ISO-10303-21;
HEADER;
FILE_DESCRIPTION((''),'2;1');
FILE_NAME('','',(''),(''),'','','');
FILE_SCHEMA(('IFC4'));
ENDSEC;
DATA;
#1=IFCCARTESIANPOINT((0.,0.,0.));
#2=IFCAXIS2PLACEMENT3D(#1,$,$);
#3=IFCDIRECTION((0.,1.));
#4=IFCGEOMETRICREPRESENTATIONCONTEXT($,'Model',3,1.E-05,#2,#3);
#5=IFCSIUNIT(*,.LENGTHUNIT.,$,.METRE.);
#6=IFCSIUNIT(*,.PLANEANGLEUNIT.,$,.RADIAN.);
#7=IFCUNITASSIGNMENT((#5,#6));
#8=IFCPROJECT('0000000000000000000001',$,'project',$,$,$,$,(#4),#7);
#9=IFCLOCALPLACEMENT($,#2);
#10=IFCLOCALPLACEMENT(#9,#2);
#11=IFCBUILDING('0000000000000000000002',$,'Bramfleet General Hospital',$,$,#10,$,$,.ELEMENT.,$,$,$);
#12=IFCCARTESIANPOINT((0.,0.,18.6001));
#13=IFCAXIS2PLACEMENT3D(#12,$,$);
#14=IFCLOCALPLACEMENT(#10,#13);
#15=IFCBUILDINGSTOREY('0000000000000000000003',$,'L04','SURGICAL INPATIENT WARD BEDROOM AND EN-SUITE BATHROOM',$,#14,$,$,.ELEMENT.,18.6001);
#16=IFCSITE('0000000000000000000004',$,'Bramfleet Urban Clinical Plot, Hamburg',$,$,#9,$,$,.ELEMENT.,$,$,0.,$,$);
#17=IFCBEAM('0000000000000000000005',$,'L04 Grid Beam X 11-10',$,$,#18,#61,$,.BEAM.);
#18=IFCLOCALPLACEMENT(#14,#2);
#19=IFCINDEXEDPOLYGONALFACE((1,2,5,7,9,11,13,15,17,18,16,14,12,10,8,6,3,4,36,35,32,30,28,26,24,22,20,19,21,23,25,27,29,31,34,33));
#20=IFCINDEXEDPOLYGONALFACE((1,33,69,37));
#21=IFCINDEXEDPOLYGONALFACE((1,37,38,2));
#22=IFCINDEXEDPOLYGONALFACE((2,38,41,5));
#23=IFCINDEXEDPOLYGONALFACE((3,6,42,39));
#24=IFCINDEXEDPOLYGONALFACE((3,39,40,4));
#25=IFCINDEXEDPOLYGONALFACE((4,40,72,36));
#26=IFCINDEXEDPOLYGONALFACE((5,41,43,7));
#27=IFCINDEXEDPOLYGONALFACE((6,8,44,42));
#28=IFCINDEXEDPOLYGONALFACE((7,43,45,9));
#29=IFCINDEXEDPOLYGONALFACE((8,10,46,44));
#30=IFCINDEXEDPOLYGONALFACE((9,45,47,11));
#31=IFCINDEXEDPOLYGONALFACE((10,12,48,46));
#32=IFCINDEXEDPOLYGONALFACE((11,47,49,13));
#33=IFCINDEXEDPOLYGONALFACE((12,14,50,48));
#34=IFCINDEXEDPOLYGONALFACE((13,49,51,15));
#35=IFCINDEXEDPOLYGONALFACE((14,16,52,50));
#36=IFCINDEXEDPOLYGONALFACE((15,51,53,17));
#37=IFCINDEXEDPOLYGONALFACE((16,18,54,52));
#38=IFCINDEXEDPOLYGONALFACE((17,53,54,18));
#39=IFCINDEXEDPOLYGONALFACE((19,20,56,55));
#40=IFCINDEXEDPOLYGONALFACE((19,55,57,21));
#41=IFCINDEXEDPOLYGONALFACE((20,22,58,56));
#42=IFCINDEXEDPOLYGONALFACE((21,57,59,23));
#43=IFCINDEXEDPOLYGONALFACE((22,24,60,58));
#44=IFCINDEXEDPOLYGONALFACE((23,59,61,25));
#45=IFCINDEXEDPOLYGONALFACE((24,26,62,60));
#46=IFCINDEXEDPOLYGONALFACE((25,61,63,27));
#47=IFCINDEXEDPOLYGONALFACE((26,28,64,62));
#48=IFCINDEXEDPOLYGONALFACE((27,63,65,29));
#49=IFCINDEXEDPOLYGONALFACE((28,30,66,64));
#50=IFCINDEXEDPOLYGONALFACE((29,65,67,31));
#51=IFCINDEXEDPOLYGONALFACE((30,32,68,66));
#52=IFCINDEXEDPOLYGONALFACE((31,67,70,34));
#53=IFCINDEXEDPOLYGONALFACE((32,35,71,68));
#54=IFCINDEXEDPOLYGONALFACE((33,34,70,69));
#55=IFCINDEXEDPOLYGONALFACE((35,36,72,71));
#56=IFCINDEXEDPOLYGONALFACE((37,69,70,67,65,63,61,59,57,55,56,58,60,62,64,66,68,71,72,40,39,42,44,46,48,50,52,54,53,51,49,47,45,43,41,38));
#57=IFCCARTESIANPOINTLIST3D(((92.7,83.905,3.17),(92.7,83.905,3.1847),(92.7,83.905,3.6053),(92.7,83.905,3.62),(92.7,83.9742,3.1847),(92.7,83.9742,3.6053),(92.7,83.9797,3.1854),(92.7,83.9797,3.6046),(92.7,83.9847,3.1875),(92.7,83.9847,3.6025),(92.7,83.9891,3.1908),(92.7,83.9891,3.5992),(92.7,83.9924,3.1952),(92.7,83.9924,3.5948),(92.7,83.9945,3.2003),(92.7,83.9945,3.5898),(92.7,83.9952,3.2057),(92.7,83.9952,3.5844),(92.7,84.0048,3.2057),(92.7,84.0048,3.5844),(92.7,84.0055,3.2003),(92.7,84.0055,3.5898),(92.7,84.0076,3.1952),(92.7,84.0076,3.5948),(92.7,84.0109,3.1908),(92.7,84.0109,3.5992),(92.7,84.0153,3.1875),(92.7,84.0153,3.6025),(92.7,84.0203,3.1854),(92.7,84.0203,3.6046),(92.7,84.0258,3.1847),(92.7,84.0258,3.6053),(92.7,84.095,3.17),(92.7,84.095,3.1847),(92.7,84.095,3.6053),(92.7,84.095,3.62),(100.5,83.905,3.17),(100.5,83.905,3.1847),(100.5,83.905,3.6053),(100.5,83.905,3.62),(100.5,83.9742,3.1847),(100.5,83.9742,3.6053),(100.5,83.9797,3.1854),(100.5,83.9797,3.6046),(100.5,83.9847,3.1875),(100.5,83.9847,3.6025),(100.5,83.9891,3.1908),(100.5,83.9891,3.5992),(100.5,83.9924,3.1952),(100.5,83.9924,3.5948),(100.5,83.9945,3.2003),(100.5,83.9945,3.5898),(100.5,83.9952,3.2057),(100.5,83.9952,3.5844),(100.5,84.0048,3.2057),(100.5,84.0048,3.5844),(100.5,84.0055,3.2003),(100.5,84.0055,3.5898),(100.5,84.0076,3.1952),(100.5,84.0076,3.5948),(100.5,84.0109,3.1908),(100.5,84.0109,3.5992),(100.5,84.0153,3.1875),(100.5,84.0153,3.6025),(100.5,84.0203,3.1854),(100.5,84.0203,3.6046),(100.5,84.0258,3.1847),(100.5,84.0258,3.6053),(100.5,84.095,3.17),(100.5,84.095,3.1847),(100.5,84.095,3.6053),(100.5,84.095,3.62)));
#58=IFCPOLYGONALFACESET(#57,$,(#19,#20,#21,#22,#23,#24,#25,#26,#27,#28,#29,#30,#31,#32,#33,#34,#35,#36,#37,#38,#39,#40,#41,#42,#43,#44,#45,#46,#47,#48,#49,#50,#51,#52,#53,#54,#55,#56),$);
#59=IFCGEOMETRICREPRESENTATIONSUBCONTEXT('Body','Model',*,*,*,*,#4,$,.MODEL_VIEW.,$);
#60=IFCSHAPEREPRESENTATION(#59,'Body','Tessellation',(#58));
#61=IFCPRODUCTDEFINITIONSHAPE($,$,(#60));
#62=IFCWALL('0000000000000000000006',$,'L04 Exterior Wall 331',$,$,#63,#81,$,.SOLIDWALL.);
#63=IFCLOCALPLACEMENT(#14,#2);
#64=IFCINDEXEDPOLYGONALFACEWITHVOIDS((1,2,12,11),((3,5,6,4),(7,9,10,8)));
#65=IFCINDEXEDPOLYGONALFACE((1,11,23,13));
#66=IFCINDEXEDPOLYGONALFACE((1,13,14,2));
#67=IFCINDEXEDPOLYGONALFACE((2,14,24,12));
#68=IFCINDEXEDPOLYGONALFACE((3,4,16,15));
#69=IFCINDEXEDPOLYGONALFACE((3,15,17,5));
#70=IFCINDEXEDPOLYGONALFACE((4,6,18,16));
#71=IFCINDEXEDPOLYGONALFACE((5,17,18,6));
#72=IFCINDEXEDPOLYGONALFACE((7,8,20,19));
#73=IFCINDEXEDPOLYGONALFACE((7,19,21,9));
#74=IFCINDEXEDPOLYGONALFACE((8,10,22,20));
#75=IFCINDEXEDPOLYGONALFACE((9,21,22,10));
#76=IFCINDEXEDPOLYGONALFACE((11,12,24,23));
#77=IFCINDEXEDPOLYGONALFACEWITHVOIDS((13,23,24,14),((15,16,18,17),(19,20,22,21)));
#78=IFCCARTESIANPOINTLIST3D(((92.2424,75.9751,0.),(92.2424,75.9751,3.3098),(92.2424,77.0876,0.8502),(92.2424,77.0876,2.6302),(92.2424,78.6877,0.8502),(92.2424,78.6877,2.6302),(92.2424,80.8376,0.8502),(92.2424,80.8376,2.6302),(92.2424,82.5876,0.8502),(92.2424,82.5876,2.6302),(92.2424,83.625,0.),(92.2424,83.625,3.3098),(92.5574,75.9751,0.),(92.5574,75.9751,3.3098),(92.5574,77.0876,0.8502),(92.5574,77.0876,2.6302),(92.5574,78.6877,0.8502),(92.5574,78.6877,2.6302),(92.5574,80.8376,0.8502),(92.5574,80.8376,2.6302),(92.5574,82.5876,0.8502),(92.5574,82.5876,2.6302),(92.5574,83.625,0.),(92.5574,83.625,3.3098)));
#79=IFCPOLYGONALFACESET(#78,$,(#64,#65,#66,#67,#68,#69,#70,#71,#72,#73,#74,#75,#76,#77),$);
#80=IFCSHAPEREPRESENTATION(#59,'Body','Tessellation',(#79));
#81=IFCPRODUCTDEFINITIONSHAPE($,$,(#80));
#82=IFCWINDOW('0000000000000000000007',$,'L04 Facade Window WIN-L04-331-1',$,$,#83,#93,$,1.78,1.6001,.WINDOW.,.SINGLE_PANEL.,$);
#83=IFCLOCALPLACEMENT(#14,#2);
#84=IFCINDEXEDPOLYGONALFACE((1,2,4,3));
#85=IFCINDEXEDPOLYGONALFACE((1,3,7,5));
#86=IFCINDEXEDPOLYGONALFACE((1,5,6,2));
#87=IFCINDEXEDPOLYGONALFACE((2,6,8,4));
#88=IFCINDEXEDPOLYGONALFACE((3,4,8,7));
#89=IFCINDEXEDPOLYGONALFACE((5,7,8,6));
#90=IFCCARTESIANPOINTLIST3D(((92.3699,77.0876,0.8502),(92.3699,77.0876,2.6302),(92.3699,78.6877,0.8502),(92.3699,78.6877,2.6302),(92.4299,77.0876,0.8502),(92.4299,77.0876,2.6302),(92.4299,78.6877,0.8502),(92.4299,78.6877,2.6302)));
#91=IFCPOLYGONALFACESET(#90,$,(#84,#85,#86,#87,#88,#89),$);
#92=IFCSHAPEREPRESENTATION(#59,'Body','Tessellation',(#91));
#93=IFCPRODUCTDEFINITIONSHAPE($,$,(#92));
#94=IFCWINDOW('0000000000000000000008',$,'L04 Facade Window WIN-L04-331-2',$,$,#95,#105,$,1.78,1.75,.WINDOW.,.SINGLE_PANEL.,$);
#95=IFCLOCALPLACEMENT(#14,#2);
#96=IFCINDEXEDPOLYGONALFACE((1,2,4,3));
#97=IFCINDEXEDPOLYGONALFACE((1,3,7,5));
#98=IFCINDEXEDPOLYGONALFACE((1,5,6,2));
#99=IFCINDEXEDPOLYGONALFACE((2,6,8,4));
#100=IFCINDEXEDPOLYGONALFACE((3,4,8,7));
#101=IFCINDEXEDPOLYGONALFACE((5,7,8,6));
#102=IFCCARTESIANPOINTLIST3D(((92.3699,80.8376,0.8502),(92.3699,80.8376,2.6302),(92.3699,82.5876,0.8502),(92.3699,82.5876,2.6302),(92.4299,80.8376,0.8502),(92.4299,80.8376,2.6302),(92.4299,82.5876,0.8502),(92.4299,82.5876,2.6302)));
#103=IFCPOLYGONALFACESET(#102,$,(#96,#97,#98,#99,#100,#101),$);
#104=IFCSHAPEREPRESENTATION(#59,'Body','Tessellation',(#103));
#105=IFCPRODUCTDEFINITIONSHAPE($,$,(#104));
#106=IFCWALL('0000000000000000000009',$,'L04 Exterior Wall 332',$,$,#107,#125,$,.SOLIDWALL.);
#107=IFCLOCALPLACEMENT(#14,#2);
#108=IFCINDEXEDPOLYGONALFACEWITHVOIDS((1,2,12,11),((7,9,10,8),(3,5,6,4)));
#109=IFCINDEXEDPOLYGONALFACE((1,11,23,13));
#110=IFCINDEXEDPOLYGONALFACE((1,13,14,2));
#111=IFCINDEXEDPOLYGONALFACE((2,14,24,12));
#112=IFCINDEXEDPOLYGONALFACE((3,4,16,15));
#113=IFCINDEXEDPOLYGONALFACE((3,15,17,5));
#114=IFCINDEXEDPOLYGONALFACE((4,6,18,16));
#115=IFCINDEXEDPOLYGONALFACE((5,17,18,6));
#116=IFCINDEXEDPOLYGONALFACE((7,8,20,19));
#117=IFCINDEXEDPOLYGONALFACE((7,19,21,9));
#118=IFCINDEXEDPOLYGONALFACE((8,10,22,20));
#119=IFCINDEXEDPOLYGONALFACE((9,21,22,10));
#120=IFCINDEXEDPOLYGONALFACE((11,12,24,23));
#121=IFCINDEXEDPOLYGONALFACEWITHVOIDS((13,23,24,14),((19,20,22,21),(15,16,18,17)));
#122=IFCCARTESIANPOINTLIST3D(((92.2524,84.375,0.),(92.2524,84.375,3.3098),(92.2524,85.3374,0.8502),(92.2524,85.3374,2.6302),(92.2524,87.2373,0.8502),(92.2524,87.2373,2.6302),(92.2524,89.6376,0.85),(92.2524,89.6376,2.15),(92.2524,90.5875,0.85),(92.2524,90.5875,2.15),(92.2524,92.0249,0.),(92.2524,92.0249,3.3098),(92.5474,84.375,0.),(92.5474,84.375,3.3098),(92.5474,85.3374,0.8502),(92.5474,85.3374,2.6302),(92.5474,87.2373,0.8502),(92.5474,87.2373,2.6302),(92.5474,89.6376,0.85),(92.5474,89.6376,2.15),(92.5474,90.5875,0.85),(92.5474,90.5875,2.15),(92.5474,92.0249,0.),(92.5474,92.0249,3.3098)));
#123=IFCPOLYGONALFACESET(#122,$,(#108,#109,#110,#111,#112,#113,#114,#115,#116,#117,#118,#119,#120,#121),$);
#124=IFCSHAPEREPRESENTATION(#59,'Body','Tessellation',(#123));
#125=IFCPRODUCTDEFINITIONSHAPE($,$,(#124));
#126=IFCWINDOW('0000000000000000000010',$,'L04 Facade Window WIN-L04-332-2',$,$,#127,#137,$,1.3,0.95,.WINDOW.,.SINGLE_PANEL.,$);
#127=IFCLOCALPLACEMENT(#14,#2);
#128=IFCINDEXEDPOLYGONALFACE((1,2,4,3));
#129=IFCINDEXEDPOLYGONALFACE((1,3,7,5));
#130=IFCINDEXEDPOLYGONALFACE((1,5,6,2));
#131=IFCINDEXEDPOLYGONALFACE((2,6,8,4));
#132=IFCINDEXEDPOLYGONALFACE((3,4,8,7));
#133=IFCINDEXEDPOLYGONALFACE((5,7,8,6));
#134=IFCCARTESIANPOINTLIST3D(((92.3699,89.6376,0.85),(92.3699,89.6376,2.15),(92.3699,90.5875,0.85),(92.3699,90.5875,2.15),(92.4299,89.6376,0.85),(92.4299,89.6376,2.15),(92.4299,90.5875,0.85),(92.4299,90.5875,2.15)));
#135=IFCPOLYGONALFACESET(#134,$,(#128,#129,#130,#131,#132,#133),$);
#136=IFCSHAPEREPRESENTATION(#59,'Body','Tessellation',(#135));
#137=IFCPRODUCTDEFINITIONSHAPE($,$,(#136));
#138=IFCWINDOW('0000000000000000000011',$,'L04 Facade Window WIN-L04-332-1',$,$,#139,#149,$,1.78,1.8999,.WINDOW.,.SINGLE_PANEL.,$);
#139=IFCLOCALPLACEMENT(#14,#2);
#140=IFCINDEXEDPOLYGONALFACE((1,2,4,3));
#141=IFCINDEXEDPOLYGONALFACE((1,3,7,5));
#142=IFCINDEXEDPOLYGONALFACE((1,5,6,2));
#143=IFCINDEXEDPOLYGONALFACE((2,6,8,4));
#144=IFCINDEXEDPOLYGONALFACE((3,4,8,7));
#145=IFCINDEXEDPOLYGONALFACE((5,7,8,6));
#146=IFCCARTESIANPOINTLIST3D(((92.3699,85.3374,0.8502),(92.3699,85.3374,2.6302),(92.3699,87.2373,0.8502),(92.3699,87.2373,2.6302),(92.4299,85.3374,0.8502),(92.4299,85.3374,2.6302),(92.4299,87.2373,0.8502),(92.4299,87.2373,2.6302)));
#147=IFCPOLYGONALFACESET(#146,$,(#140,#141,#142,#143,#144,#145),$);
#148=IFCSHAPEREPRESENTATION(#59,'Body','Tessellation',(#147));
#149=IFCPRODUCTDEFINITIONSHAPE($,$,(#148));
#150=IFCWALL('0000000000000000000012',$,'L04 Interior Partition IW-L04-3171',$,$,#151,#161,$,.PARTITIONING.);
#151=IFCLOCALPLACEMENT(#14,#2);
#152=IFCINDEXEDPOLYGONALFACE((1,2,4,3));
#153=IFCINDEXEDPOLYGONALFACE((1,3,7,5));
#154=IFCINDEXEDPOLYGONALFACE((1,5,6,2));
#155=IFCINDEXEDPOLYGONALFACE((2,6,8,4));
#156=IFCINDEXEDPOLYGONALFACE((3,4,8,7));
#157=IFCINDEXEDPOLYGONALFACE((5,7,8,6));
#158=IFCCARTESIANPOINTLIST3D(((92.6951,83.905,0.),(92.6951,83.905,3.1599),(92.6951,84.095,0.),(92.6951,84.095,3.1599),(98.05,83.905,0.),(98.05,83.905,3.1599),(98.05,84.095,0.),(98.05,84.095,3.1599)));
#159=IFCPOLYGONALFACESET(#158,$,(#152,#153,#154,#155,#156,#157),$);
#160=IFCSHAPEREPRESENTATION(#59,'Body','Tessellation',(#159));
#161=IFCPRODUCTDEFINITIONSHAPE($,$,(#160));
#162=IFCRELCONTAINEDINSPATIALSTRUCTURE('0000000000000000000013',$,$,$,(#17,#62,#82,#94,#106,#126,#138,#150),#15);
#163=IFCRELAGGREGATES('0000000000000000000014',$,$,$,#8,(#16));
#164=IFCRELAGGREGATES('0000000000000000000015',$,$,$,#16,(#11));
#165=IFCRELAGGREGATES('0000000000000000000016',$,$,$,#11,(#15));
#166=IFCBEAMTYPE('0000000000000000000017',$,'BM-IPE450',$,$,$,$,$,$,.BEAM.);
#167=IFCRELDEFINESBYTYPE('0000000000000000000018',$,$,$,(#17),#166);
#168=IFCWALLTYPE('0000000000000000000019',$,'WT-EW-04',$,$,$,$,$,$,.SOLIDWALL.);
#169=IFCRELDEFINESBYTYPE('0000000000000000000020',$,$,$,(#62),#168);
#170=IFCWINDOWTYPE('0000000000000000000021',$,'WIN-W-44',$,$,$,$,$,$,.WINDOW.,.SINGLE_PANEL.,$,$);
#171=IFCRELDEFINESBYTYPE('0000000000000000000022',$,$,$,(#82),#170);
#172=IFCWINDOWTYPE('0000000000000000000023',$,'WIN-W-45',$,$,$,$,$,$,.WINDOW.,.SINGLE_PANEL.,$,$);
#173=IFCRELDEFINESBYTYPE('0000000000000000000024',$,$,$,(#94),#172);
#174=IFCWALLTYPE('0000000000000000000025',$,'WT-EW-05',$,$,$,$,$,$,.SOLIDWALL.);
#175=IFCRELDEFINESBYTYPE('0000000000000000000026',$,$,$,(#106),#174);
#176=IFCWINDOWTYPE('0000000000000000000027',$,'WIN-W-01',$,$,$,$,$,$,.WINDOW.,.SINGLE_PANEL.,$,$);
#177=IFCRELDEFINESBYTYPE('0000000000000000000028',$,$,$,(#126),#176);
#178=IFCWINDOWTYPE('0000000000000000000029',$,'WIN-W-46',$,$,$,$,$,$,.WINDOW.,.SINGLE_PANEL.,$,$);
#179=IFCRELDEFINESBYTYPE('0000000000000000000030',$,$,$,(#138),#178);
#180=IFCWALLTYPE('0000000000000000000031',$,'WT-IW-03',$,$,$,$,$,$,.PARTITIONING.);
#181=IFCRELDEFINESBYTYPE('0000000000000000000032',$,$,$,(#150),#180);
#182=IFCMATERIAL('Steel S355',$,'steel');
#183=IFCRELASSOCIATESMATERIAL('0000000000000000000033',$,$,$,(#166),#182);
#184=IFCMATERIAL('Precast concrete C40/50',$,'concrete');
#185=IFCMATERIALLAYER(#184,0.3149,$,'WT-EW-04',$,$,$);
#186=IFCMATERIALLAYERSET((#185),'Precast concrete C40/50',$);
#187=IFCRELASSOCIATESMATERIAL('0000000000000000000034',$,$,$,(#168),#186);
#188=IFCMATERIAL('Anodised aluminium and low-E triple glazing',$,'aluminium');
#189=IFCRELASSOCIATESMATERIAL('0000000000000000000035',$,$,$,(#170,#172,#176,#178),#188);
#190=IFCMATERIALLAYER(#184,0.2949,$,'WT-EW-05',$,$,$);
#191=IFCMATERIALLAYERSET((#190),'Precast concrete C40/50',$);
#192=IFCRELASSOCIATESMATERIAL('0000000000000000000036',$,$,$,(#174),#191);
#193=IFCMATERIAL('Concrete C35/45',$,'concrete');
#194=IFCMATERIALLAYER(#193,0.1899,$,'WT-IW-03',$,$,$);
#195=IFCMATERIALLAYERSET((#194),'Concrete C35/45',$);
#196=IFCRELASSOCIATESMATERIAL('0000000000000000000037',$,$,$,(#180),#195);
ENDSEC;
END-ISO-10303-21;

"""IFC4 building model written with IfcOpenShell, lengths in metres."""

from ifc_helpers import new_model, si_unit, direction, frame, frame_2d, origin, origin_2d, place, context, subcontext, project, spatial, rectangle, i_section, extrude, material, layer, layer_set, material_profile, profile_set, type_object, element, fill, save


model = new_model("IFC4")

# Units and contexts
model_context = context("Model", 3, precision=1e-05, world=origin(), true_north=direction((0.0, 1.0)))
body_context = subcontext(model_context, "Body", "Model", "MODEL_VIEW")
ifc_project = project(units=[si_unit("LENGTHUNIT", "METRE"), si_unit("PLANEANGLEUNIT", "RADIAN")], contexts=[model_context])

# Site, building, storey
site_placement = place(None, origin())
site = spatial("IfcSite", under=ifc_project, at=site_placement, Name="Bramfleet Urban Clinical Plot, Hamburg", CompositionType="ELEMENT", RefElevation=0.0)
building_placement = place(site_placement, origin())
building = spatial("IfcBuilding", under=site, at=building_placement, Name="Bramfleet General Hospital", CompositionType="ELEMENT")
storey_placement = place(building_placement, frame((0.0, 0.0, 18.6001)))
storey = spatial("IfcBuildingStorey", under=building, at=storey_placement, Name="L04", Description="SURGICAL INPATIENT WARD BEDROOM AND EN-SUITE BATHROOM", CompositionType="ELEMENT", Elevation=18.6001)

# Beam
ifc_material_1 = material(Name="Steel S355", Category="steel")
ifc_material_profile_1 = material_profile(ifc_material_1, i_section(OverallWidth=0.1899, OverallDepth=0.45, WebThickness=0.0095, FlangeThickness=0.0146, FilletRadius=0.021, at=origin_2d()), Name="IPE 450")
ifc_profile_set_1 = profile_set([ifc_material_profile_1], Name="Steel S355")
beam_type_1 = type_object("IfcBeamType", Name="BM-IPE450", PredefinedType="BEAM", material=ifc_profile_set_1)
for number, where, z_axis, x_axis, name in (
    (1, (92.7, 84.0, 3.395), (1.0, 0.0, 0.0), (0.0, 1.0, 0.0), "L04 Grid Beam X 11-10"),
):
    element("IfcBeam", number, at=place(storey_placement, frame(where, z_axis=z_axis, x_axis=x_axis)), inside=storey, type_object=beam_type_1, Name=name, PredefinedType="BEAM", context=body_context, shape_type="SweptSolid", body=[
        extrude(i_section(OverallWidth=0.1899, OverallDepth=0.45, WebThickness=0.0095, FlangeThickness=0.0146, FilletRadius=0.021, at=origin_2d()), origin(), (0.0, 0.0, 1.0), 7.8),
    ])

# Walls, openings, windows
ifc_material_2 = material(Name="Precast concrete C40/50", Category="concrete")
ifc_layer_1 = layer(ifc_material_2, 0.3149, Name="WT-EW-04")
ifc_layer_set_1 = layer_set([ifc_layer_1], Name="Precast concrete C40/50")
wall_type_1 = type_object("IfcWallType", Name="WT-EW-04", PredefinedType="SOLIDWALL", material=ifc_layer_set_1)
wall_1_placement = place(storey_placement, frame((92.3999, 75.9751, 0.0), z_axis=(0.0, 0.0, 1.0), x_axis=(0.0, 1.0, 0.0)))
wall_1 = element("IfcWall", 2, at=wall_1_placement, inside=storey, type_object=wall_type_1, Name="L04 Exterior Wall 331", PredefinedType="SOLIDWALL", context=body_context, shape_type="SweptSolid", body=[
    extrude(rectangle(XDim=7.6499, YDim=0.3149, at=frame_2d((3.825, 0.0))), origin(), (0.0, 0.0, 1.0), 3.3098),
])
opening_1_placement = place(wall_1_placement, frame((1.1125, 0.0, 0.8501)))
opening_1 = element("IfcOpeningElement", 3, at=opening_1_placement, cuts=wall_1, PredefinedType="OPENING", context=body_context, shape_type="SweptSolid", body=[
    extrude(rectangle(XDim=1.6001, YDim=1.78, at=frame_2d((0.8, 0.8901))), frame((0.0, 0.1675, 0.0), z_axis=(0.0, -1.0, 0.0), x_axis=(1.0, 0.0, 0.0)), (0.0, 0.0, 1.0), 0.335),
])
opening_2_placement = place(wall_1_placement, frame((4.8625, 0.0, 0.8501)))
opening_2 = element("IfcOpeningElement", 4, at=opening_2_placement, cuts=wall_1, PredefinedType="OPENING", context=body_context, shape_type="SweptSolid", body=[
    extrude(rectangle(XDim=1.75, YDim=1.78, at=frame_2d((0.875, 0.8901))), frame((0.0, 0.1675, 0.0), z_axis=(0.0, -1.0, 0.0), x_axis=(1.0, 0.0, 0.0)), (0.0, 0.0, 1.0), 0.335),
])
ifc_material_3 = material(Name="Anodised aluminium and low-E triple glazing", Category="aluminium")
window_type_1 = type_object("IfcWindowType", Name="WIN-W-44", PartitioningType="SINGLE_PANEL", PredefinedType="WINDOW", material=ifc_material_3)
window_1_placement = place(opening_1_placement, origin())
window_1 = element("IfcWindow", 5, at=window_1_placement, inside=storey, type_object=window_type_1, Name="L04 Facade Window WIN-L04-331-1", OverallHeight=1.78, OverallWidth=1.6001, PartitioningType="SINGLE_PANEL", PredefinedType="WINDOW", context=body_context, shape_type="SweptSolid", body=[
    extrude(rectangle(XDim=1.6001, YDim=1.78, at=frame_2d((0.8, 0.8901))), frame((0.0, 0.03, 0.0), z_axis=(0.0, -1.0, 0.0), x_axis=(1.0, 0.0, 0.0)), (0.0, 0.0, 1.0), 0.0601),
])
fill(opening_1, window_1)
window_type_2 = type_object("IfcWindowType", Name="WIN-W-45", PartitioningType="SINGLE_PANEL", PredefinedType="WINDOW", material=ifc_material_3)
window_2_placement = place(opening_2_placement, origin())
window_2 = element("IfcWindow", 6, at=window_2_placement, inside=storey, type_object=window_type_2, Name="L04 Facade Window WIN-L04-331-2", OverallHeight=1.78, OverallWidth=1.75, PartitioningType="SINGLE_PANEL", PredefinedType="WINDOW", context=body_context, shape_type="SweptSolid", body=[
    extrude(rectangle(XDim=1.75, YDim=1.78, at=frame_2d((0.875, 0.8901))), frame((0.0, 0.03, 0.0), z_axis=(0.0, -1.0, 0.0), x_axis=(1.0, 0.0, 0.0)), (0.0, 0.0, 1.0), 0.0601),
])
fill(opening_2, window_2)
ifc_layer_2 = layer(ifc_material_2, 0.2949, Name="WT-EW-05")
ifc_layer_set_2 = layer_set([ifc_layer_2], Name="Precast concrete C40/50")
wall_type_2 = type_object("IfcWallType", Name="WT-EW-05", PredefinedType="SOLIDWALL", material=ifc_layer_set_2)
wall_2_placement = place(storey_placement, frame((92.3999, 84.375, 0.0), z_axis=(0.0, 0.0, 1.0), x_axis=(0.0, 1.0, 0.0)))
wall_2 = element("IfcWall", 7, at=wall_2_placement, inside=storey, type_object=wall_type_2, Name="L04 Exterior Wall 332", PredefinedType="SOLIDWALL", context=body_context, shape_type="SweptSolid", body=[
    extrude(rectangle(XDim=7.6499, YDim=0.2949, at=frame_2d((3.825, 0.0))), origin(), (0.0, 0.0, 1.0), 3.3098),
])
opening_3_placement = place(wall_2_placement, frame((0.9624, 0.0, 0.8501)))
opening_3 = element("IfcOpeningElement", 8, at=opening_3_placement, cuts=wall_2, PredefinedType="OPENING", context=body_context, shape_type="SweptSolid", body=[
    extrude(rectangle(XDim=1.8999, YDim=1.78, at=frame_2d((0.95, 0.8901))), frame((0.0, 0.1575, 0.0), z_axis=(0.0, -1.0, 0.0), x_axis=(1.0, 0.0, 0.0)), (0.0, 0.0, 1.0), 0.3149),
])
opening_4_placement = place(wall_2_placement, frame((5.2625, 0.0, 0.8501)))
opening_4 = element("IfcOpeningElement", 9, at=opening_4_placement, cuts=wall_2, PredefinedType="OPENING", context=body_context, shape_type="SweptSolid", body=[
    extrude(rectangle(XDim=0.95, YDim=1.3, at=frame_2d((0.4751, 0.6499))), frame((0.0, 0.1575, 0.0), z_axis=(0.0, -1.0, 0.0), x_axis=(1.0, 0.0, 0.0)), (0.0, 0.0, 1.0), 0.3149),
])
window_type_3 = type_object("IfcWindowType", Name="WIN-W-01", PartitioningType="SINGLE_PANEL", PredefinedType="WINDOW", material=ifc_material_3)
window_3_placement = place(opening_4_placement, origin())
window_3 = element("IfcWindow", 10, at=window_3_placement, inside=storey, type_object=window_type_3, Name="L04 Facade Window WIN-L04-332-2", OverallHeight=1.3, OverallWidth=0.95, PartitioningType="SINGLE_PANEL", PredefinedType="WINDOW", context=body_context, shape_type="SweptSolid", body=[
    extrude(rectangle(XDim=0.95, YDim=1.3, at=frame_2d((0.4751, 0.6499))), frame((0.0, 0.03, 0.0), z_axis=(0.0, -1.0, 0.0), x_axis=(1.0, 0.0, 0.0)), (0.0, 0.0, 1.0), 0.0601),
])
fill(opening_4, window_3)
window_type_4 = type_object("IfcWindowType", Name="WIN-W-46", PartitioningType="SINGLE_PANEL", PredefinedType="WINDOW", material=ifc_material_3)
window_4_placement = place(opening_3_placement, origin())
window_4 = element("IfcWindow", 11, at=window_4_placement, inside=storey, type_object=window_type_4, Name="L04 Facade Window WIN-L04-332-1", OverallHeight=1.78, OverallWidth=1.8999, PartitioningType="SINGLE_PANEL", PredefinedType="WINDOW", context=body_context, shape_type="SweptSolid", body=[
    extrude(rectangle(XDim=1.8999, YDim=1.78, at=frame_2d((0.95, 0.8901))), frame((0.0, 0.03, 0.0), z_axis=(0.0, -1.0, 0.0), x_axis=(1.0, 0.0, 0.0)), (0.0, 0.0, 1.0), 0.0601),
])
fill(opening_3, window_4)

# Wall
ifc_material_4 = material(Name="Concrete C35/45", Category="concrete")
ifc_layer_3 = layer(ifc_material_4, 0.1899, Name="WT-IW-03")
ifc_layer_set_3 = layer_set([ifc_layer_3], Name="Concrete C35/45")
wall_type_3 = type_object("IfcWallType", Name="WT-IW-03", PredefinedType="PARTITIONING", material=ifc_layer_set_3)
wall_3_placement = place(storey_placement, frame((92.6951, 84.0, 0.0), z_axis=(0.0, 0.0, 1.0), x_axis=(1.0, 0.0, 0.0)))
element("IfcWall", 12, at=wall_3_placement, inside=storey, type_object=wall_type_3, Name="L04 Interior Partition IW-L04-3171", PredefinedType="PARTITIONING", context=body_context, shape_type="SweptSolid", body=[
    extrude(rectangle(XDim=5.355, YDim=0.1899, at=frame_2d((2.6775, 0.0))), origin(), (0.0, 0.0, 1.0), 3.1599),
])

save(model, "model.ifc")
